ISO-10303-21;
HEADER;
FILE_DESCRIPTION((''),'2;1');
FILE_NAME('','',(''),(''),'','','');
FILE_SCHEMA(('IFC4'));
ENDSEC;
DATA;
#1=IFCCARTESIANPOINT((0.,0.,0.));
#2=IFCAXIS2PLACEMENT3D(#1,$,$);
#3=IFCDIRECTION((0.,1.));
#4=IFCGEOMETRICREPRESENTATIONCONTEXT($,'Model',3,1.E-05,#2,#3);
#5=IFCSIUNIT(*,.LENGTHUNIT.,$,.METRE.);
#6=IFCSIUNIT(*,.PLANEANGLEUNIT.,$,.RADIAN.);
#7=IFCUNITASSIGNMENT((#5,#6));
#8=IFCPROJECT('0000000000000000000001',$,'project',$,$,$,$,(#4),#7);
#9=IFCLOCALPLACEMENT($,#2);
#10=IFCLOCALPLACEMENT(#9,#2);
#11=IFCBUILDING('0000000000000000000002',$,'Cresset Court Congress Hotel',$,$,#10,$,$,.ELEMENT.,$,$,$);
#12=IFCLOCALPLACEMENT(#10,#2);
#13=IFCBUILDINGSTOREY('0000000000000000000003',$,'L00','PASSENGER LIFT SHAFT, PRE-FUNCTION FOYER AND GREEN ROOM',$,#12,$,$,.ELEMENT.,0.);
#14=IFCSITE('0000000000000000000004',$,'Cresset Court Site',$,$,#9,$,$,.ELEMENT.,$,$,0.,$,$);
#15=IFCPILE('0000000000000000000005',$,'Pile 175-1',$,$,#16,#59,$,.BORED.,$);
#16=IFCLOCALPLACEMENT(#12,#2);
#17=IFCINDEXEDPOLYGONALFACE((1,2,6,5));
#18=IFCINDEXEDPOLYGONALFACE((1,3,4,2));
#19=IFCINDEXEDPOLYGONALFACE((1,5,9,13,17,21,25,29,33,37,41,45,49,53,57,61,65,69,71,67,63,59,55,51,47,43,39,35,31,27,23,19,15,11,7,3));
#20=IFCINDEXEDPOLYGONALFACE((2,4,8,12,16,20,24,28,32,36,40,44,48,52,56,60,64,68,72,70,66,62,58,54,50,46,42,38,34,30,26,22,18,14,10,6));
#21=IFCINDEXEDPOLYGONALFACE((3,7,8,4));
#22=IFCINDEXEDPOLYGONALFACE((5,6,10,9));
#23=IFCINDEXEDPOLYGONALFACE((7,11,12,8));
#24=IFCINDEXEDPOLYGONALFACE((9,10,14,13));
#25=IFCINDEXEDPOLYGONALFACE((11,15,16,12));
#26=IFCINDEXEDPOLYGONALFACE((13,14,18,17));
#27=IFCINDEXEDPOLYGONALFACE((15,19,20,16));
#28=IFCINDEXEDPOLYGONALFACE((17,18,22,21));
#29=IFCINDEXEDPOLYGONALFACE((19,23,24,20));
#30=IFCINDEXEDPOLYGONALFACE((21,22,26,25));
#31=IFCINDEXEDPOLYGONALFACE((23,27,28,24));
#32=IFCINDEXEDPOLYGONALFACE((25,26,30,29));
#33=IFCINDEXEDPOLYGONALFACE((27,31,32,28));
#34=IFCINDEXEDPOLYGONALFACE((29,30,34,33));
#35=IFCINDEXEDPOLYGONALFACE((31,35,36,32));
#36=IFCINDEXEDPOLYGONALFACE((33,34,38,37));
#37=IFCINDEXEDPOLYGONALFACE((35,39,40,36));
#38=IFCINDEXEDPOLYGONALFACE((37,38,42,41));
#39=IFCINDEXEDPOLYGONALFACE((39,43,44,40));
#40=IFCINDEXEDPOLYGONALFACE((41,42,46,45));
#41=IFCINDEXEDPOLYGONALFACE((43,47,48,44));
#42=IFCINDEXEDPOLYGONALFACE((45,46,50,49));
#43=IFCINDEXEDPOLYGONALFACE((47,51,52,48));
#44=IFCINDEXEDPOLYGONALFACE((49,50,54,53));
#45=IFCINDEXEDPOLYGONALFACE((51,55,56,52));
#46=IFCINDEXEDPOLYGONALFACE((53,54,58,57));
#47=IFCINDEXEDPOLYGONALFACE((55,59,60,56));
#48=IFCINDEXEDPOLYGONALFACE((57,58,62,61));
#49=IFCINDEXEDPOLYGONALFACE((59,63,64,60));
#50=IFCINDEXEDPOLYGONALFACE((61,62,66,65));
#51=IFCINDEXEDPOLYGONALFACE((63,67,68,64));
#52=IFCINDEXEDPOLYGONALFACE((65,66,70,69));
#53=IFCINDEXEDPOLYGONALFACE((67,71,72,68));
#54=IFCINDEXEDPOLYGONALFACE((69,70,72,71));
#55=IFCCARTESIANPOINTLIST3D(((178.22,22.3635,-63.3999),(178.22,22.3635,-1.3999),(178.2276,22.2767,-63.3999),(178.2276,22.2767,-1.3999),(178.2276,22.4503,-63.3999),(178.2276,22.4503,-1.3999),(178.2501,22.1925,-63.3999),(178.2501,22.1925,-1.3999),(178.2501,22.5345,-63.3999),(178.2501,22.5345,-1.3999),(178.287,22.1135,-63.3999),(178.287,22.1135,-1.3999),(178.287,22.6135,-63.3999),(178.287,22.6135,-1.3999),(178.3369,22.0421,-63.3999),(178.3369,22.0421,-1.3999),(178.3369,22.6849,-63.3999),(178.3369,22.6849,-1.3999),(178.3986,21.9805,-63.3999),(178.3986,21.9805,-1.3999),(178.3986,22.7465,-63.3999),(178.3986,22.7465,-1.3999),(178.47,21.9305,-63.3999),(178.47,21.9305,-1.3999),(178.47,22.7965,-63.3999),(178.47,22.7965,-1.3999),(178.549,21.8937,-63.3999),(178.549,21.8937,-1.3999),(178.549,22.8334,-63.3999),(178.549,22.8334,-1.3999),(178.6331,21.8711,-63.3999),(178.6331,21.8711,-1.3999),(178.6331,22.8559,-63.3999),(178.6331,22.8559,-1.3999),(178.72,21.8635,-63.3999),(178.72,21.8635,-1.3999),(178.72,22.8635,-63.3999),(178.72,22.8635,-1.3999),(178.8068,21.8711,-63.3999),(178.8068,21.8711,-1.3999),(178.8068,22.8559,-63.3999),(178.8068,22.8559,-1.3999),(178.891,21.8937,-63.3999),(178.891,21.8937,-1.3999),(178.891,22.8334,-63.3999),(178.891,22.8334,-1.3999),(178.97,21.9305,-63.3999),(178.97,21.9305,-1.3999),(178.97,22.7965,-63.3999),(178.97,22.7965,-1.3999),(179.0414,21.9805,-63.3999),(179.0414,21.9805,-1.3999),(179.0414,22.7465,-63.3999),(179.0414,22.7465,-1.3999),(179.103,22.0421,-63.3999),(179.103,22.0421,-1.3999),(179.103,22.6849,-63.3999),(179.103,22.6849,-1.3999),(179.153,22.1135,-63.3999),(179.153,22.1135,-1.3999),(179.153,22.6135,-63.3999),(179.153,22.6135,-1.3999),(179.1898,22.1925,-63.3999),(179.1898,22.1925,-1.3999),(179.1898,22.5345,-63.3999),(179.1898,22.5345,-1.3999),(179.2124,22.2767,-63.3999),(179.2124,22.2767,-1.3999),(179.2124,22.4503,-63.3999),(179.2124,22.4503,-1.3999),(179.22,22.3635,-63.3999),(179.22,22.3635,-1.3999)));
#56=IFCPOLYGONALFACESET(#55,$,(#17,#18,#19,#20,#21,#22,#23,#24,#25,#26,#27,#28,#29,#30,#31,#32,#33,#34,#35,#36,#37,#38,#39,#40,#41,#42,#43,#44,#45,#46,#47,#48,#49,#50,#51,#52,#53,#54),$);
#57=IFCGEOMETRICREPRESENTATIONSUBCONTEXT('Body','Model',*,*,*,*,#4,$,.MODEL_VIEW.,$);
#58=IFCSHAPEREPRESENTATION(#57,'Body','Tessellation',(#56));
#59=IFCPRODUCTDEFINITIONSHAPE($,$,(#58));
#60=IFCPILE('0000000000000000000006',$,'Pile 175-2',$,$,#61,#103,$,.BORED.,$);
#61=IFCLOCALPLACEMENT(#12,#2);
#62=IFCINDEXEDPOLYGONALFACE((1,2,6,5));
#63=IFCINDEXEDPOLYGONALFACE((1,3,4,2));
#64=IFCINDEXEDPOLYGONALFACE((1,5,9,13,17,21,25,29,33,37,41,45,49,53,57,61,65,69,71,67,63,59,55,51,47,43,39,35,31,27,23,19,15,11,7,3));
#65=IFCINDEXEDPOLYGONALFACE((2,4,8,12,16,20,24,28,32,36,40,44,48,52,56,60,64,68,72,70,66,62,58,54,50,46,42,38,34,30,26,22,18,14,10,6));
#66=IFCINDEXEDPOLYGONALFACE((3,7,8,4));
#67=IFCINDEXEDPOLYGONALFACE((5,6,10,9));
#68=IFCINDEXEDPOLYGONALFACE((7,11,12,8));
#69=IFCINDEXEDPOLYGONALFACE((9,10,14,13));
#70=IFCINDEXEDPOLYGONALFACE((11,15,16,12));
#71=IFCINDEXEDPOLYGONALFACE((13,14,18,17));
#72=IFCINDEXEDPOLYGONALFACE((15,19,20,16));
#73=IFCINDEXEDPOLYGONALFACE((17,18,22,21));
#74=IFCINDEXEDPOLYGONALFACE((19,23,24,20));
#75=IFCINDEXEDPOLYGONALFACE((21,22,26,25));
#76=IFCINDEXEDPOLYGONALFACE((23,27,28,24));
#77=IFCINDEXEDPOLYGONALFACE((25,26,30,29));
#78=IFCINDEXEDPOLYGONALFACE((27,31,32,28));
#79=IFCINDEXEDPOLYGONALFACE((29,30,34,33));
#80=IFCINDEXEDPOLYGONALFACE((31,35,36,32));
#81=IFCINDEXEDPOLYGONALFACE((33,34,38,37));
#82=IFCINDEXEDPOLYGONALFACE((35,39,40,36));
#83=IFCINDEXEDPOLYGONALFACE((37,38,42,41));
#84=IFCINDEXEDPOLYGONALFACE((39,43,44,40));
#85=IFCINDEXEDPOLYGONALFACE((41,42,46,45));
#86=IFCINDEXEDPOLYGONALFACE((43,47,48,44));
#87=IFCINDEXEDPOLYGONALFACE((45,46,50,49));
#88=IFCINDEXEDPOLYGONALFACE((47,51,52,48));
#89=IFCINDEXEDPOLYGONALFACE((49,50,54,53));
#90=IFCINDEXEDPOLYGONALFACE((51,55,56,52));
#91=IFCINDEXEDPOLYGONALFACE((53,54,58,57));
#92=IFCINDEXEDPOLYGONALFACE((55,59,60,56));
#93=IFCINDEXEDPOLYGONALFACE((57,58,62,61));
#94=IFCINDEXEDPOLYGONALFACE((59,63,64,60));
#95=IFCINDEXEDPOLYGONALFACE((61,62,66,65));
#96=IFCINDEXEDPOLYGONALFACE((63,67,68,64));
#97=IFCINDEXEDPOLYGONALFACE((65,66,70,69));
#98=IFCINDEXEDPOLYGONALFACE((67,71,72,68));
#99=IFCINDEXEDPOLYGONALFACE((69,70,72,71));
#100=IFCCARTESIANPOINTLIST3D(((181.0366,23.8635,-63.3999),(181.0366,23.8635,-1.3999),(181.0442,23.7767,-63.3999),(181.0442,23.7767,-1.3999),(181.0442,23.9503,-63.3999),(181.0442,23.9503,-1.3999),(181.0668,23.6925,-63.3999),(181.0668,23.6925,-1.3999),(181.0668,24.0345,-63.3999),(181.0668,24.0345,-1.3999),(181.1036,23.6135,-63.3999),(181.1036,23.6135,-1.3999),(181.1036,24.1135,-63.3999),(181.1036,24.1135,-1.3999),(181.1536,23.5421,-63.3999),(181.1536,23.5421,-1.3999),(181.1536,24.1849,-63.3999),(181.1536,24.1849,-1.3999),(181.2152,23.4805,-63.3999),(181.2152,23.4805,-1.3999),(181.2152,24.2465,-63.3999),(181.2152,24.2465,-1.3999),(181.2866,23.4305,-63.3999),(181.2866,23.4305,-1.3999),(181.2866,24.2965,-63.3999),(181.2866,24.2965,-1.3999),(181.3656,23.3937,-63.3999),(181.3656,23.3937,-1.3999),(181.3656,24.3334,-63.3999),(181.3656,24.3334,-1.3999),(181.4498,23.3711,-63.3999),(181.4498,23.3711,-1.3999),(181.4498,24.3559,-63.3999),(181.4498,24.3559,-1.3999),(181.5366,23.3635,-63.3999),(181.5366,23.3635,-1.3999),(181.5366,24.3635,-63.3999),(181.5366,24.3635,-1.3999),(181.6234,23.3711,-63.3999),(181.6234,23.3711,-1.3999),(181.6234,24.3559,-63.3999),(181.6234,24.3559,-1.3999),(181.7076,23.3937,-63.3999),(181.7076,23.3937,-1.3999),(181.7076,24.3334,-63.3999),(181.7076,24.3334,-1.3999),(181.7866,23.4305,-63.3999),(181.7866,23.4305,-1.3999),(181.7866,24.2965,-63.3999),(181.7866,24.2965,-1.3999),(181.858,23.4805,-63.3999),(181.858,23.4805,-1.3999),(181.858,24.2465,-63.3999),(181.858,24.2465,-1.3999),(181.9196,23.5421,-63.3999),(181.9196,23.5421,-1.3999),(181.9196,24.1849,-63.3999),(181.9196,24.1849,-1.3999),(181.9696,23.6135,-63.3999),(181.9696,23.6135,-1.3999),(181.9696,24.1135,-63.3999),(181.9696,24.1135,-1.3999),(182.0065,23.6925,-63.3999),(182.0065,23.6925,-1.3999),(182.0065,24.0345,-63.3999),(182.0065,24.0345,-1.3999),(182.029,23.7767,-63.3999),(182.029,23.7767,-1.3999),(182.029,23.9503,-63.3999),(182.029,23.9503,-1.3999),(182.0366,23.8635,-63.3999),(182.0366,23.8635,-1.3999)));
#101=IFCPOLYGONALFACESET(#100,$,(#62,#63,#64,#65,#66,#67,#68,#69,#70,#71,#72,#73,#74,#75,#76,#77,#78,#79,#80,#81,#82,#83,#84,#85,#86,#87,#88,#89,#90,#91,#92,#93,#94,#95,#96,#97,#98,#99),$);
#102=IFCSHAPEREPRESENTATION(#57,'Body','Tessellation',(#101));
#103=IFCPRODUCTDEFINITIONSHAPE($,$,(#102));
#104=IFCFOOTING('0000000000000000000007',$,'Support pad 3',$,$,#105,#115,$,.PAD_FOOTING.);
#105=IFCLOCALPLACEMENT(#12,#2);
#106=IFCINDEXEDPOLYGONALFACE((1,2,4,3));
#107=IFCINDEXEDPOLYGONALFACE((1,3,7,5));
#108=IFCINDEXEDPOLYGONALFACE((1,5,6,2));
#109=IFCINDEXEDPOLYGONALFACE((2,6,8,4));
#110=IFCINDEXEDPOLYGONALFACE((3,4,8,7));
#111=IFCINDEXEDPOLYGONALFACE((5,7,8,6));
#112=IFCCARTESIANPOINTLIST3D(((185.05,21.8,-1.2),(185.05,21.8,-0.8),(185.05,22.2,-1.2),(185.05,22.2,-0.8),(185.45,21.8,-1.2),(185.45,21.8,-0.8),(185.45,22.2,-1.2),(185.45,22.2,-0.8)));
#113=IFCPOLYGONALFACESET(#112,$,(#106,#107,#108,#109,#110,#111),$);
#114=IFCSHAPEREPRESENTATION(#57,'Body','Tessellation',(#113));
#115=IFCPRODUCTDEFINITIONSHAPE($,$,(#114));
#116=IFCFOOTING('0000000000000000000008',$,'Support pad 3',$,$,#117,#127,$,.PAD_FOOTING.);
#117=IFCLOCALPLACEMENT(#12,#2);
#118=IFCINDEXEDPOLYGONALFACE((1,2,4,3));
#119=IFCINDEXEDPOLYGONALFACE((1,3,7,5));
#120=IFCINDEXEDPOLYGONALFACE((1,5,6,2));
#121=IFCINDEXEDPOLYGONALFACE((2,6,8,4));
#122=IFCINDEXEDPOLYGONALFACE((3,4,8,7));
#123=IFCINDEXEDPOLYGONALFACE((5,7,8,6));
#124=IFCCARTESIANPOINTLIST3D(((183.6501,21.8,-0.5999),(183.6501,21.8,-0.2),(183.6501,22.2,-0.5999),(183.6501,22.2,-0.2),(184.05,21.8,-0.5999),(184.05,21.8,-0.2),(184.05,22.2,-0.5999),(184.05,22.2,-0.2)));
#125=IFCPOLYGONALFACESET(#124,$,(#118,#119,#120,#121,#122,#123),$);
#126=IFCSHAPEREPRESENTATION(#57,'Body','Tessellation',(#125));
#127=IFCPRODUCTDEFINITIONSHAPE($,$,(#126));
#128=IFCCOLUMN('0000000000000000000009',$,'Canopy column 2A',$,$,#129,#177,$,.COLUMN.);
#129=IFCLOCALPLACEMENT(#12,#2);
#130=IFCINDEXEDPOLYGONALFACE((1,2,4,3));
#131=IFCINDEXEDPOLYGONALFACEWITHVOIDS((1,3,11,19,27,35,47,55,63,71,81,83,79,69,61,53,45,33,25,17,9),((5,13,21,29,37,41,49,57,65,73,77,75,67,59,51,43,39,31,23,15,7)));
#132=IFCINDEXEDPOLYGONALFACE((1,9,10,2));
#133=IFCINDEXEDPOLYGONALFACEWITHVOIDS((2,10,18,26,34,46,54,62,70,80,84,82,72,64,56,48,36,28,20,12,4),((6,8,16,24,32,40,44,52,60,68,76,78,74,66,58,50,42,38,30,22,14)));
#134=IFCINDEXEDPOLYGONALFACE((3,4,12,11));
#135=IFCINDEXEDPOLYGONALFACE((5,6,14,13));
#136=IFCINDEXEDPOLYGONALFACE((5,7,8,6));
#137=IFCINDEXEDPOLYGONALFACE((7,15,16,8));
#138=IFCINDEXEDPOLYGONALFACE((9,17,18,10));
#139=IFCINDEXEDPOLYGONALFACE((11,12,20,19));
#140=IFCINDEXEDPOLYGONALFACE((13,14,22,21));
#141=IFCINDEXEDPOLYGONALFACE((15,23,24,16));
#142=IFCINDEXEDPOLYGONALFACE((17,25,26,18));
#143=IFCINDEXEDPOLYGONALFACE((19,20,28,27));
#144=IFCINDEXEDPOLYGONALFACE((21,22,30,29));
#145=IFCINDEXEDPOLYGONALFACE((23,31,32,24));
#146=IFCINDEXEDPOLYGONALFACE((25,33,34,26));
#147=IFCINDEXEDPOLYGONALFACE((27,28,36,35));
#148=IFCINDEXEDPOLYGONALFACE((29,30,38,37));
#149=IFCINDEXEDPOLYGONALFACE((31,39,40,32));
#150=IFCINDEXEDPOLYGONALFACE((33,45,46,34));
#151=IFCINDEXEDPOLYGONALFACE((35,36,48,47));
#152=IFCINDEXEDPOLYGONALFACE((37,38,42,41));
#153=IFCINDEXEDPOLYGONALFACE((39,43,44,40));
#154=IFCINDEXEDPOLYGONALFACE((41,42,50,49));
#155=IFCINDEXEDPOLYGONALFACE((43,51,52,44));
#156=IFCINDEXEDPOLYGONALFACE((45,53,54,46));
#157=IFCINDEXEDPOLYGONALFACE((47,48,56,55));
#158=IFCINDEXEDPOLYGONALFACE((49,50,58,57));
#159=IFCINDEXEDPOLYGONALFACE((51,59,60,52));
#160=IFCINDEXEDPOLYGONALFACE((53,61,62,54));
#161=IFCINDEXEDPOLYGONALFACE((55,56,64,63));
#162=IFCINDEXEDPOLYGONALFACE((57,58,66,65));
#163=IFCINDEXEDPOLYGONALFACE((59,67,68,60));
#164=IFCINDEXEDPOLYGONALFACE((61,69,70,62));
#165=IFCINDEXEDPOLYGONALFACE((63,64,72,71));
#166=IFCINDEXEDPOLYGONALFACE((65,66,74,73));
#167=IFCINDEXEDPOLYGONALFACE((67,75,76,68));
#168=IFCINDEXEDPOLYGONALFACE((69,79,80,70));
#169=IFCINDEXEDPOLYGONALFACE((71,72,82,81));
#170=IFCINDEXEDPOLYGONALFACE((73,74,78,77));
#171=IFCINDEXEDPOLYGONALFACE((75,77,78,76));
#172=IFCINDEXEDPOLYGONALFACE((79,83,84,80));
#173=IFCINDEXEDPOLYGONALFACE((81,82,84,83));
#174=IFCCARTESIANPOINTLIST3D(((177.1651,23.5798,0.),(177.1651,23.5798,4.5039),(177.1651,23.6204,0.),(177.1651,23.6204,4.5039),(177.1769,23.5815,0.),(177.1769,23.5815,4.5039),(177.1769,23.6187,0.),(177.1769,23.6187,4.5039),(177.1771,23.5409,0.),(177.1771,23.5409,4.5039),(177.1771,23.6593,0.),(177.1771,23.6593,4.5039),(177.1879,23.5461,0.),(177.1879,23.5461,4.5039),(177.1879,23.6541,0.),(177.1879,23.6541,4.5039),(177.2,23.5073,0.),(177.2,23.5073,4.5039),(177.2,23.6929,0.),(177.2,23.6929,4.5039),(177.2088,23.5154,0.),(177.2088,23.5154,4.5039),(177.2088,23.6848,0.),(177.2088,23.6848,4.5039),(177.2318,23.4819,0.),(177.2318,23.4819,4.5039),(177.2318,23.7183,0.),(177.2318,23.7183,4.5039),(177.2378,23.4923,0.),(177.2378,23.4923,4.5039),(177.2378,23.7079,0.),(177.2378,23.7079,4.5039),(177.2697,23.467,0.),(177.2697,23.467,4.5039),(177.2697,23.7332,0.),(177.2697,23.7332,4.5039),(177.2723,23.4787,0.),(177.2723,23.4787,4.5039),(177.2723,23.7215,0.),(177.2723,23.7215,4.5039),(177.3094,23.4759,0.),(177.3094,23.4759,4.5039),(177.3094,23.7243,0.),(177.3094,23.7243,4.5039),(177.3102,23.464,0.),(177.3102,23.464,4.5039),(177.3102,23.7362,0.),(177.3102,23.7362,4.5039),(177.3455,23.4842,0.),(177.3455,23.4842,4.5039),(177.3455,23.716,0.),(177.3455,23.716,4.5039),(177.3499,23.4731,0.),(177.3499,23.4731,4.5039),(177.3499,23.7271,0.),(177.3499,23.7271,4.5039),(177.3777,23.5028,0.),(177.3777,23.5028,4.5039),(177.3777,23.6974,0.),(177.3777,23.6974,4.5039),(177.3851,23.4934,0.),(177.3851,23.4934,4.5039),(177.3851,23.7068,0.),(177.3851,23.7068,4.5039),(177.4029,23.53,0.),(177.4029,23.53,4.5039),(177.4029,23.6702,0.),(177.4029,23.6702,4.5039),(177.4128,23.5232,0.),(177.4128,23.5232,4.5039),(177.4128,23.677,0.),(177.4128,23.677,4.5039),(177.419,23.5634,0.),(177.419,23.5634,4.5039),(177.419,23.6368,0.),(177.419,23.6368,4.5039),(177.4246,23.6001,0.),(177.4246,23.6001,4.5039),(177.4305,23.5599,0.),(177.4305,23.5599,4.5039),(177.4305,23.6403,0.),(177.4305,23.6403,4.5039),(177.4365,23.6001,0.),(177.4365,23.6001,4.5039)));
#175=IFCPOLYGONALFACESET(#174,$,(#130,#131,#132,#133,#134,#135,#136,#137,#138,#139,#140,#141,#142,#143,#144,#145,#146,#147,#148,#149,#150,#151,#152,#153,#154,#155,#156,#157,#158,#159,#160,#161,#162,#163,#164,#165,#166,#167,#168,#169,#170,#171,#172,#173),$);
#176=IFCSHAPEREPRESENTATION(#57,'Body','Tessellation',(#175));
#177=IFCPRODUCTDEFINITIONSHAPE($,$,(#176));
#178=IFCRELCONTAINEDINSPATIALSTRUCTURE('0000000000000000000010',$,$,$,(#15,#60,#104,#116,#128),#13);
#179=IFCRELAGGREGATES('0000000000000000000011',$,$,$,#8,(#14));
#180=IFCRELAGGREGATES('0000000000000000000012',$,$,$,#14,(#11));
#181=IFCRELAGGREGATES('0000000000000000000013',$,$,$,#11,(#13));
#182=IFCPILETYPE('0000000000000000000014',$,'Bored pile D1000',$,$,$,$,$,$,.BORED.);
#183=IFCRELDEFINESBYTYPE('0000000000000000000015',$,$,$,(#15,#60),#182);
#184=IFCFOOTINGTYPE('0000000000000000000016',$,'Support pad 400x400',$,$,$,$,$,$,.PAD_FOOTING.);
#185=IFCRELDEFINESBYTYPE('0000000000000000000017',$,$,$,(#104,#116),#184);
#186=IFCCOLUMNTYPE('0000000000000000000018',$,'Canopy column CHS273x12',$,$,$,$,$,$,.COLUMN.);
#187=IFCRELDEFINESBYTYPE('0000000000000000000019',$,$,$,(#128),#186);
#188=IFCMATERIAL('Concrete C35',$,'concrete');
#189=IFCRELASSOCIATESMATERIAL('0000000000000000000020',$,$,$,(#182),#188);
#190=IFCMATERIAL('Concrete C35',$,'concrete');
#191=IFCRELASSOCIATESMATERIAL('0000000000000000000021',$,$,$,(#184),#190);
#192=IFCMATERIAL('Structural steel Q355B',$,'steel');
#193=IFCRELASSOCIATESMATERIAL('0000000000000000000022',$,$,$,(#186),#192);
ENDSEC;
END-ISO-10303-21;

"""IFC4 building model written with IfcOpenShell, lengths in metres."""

from ifc_helpers import new_model, si_unit, direction, frame, origin, origin_2d, place, context, subcontext, project, spatial, rectangle, circle, hollow_circle, extrude, material, material_profile, profile_set, type_object, element, save


model = new_model("IFC4")

# Units and contexts
model_context = context("Model", 3, precision=1e-05, world=origin(), true_north=direction((0.0, 1.0)))
body_context = subcontext(model_context, "Body", "Model", "MODEL_VIEW")
ifc_project = project(units=[si_unit("LENGTHUNIT", "METRE"), si_unit("PLANEANGLEUNIT", "RADIAN")], contexts=[model_context])

# Site, building, storey
site_placement = place(None, origin())
site = spatial("IfcSite", under=ifc_project, at=site_placement, Name="Cresset Court Site", CompositionType="ELEMENT", RefElevation=0.0)
building_placement = place(site_placement, origin())
building = spatial("IfcBuilding", under=site, at=building_placement, Name="Cresset Court Congress Hotel", CompositionType="ELEMENT")
storey_placement = place(building_placement, origin())
storey = spatial("IfcBuildingStorey", under=building, at=storey_placement, Name="L00", Description="PASSENGER LIFT SHAFT, PRE-FUNCTION FOYER AND GREEN ROOM", CompositionType="ELEMENT", Elevation=0.0)

# Piles
ifc_material_1 = material(Name="Concrete C35", Category="concrete")
pile_type = type_object("IfcPileType", Name="Bored pile D1000", PredefinedType="BORED", material=ifc_material_1)
for number, where, z_axis, x_axis, name in (
    (1, (178.72, 22.3635, -1.3999), (0.0, 0.0, -1.0), (1.0, 0.0, 0.0), "Pile 175-1"),
    (2, (181.5366, 23.8635, -1.3999), (0.0, 0.0, -1.0), (1.0, 0.0, 0.0), "Pile 175-2"),
):
    element("IfcPile", number, at=place(storey_placement, frame(where, z_axis=z_axis, x_axis=x_axis)), inside=storey, type_object=pile_type, Name=name, PredefinedType="BORED", context=body_context, shape_type="SweptSolid", body=[
        extrude(circle(Radius=0.5, at=origin_2d()), origin(), (0.0, 0.0, 1.0), 62.0),
    ])

# Footings
ifc_material_2 = material(Name="Concrete C35", Category="concrete")
footing_type = type_object("IfcFootingType", Name="Support pad 400x400", PredefinedType="PAD_FOOTING", material=ifc_material_2)
for number, where, z_axis, x_axis, name in (
    (3, (185.25, 22.0, -1.2), (0.0, 0.0, 1.0), (1.0, 0.0, 0.0), "Support pad 3"),
    (4, (183.8501, 22.0, -0.5999), (0.0, 0.0, 1.0), (1.0, 0.0, 0.0), "Support pad 3"),
):
    element("IfcFooting", number, at=place(storey_placement, frame(where, z_axis=z_axis, x_axis=x_axis)), inside=storey, type_object=footing_type, Name=name, PredefinedType="PAD_FOOTING", context=body_context, shape_type="SweptSolid", body=[
        extrude(rectangle(XDim=0.3999, YDim=0.3999, at=origin_2d()), origin(), (0.0, 0.0, 1.0), 0.3999),
    ])

# Column
ifc_material_3 = material(Name="Structural steel Q355B", Category="steel")
ifc_material_profile_1 = material_profile(ifc_material_3, hollow_circle(Radius=0.1365, WallThickness=0.012, at=origin_2d()), Name="CHS273x12")
ifc_profile_set_1 = profile_set([ifc_material_profile_1], Name="Structural steel Q355B")
column_type = type_object("IfcColumnType", Name="Canopy column CHS273x12", PredefinedType="COLUMN", material=ifc_profile_set_1)
for number, where, z_axis, x_axis, name in (
    (5, (177.3, 23.6001, 0.0), (0.0, 0.0, 1.0), (1.0, 0.0, 0.0), "Canopy column 2A"),
):
    element("IfcColumn", number, at=place(storey_placement, frame(where, z_axis=z_axis, x_axis=x_axis)), inside=storey, type_object=column_type, Name=name, PredefinedType="COLUMN", context=body_context, shape_type="SweptSolid", body=[
        extrude(hollow_circle(Radius=0.1365, WallThickness=0.012, at=origin_2d()), origin(), (0.0, 0.0, 1.0), 4.5039),
    ])

save(model, "model.ifc")
